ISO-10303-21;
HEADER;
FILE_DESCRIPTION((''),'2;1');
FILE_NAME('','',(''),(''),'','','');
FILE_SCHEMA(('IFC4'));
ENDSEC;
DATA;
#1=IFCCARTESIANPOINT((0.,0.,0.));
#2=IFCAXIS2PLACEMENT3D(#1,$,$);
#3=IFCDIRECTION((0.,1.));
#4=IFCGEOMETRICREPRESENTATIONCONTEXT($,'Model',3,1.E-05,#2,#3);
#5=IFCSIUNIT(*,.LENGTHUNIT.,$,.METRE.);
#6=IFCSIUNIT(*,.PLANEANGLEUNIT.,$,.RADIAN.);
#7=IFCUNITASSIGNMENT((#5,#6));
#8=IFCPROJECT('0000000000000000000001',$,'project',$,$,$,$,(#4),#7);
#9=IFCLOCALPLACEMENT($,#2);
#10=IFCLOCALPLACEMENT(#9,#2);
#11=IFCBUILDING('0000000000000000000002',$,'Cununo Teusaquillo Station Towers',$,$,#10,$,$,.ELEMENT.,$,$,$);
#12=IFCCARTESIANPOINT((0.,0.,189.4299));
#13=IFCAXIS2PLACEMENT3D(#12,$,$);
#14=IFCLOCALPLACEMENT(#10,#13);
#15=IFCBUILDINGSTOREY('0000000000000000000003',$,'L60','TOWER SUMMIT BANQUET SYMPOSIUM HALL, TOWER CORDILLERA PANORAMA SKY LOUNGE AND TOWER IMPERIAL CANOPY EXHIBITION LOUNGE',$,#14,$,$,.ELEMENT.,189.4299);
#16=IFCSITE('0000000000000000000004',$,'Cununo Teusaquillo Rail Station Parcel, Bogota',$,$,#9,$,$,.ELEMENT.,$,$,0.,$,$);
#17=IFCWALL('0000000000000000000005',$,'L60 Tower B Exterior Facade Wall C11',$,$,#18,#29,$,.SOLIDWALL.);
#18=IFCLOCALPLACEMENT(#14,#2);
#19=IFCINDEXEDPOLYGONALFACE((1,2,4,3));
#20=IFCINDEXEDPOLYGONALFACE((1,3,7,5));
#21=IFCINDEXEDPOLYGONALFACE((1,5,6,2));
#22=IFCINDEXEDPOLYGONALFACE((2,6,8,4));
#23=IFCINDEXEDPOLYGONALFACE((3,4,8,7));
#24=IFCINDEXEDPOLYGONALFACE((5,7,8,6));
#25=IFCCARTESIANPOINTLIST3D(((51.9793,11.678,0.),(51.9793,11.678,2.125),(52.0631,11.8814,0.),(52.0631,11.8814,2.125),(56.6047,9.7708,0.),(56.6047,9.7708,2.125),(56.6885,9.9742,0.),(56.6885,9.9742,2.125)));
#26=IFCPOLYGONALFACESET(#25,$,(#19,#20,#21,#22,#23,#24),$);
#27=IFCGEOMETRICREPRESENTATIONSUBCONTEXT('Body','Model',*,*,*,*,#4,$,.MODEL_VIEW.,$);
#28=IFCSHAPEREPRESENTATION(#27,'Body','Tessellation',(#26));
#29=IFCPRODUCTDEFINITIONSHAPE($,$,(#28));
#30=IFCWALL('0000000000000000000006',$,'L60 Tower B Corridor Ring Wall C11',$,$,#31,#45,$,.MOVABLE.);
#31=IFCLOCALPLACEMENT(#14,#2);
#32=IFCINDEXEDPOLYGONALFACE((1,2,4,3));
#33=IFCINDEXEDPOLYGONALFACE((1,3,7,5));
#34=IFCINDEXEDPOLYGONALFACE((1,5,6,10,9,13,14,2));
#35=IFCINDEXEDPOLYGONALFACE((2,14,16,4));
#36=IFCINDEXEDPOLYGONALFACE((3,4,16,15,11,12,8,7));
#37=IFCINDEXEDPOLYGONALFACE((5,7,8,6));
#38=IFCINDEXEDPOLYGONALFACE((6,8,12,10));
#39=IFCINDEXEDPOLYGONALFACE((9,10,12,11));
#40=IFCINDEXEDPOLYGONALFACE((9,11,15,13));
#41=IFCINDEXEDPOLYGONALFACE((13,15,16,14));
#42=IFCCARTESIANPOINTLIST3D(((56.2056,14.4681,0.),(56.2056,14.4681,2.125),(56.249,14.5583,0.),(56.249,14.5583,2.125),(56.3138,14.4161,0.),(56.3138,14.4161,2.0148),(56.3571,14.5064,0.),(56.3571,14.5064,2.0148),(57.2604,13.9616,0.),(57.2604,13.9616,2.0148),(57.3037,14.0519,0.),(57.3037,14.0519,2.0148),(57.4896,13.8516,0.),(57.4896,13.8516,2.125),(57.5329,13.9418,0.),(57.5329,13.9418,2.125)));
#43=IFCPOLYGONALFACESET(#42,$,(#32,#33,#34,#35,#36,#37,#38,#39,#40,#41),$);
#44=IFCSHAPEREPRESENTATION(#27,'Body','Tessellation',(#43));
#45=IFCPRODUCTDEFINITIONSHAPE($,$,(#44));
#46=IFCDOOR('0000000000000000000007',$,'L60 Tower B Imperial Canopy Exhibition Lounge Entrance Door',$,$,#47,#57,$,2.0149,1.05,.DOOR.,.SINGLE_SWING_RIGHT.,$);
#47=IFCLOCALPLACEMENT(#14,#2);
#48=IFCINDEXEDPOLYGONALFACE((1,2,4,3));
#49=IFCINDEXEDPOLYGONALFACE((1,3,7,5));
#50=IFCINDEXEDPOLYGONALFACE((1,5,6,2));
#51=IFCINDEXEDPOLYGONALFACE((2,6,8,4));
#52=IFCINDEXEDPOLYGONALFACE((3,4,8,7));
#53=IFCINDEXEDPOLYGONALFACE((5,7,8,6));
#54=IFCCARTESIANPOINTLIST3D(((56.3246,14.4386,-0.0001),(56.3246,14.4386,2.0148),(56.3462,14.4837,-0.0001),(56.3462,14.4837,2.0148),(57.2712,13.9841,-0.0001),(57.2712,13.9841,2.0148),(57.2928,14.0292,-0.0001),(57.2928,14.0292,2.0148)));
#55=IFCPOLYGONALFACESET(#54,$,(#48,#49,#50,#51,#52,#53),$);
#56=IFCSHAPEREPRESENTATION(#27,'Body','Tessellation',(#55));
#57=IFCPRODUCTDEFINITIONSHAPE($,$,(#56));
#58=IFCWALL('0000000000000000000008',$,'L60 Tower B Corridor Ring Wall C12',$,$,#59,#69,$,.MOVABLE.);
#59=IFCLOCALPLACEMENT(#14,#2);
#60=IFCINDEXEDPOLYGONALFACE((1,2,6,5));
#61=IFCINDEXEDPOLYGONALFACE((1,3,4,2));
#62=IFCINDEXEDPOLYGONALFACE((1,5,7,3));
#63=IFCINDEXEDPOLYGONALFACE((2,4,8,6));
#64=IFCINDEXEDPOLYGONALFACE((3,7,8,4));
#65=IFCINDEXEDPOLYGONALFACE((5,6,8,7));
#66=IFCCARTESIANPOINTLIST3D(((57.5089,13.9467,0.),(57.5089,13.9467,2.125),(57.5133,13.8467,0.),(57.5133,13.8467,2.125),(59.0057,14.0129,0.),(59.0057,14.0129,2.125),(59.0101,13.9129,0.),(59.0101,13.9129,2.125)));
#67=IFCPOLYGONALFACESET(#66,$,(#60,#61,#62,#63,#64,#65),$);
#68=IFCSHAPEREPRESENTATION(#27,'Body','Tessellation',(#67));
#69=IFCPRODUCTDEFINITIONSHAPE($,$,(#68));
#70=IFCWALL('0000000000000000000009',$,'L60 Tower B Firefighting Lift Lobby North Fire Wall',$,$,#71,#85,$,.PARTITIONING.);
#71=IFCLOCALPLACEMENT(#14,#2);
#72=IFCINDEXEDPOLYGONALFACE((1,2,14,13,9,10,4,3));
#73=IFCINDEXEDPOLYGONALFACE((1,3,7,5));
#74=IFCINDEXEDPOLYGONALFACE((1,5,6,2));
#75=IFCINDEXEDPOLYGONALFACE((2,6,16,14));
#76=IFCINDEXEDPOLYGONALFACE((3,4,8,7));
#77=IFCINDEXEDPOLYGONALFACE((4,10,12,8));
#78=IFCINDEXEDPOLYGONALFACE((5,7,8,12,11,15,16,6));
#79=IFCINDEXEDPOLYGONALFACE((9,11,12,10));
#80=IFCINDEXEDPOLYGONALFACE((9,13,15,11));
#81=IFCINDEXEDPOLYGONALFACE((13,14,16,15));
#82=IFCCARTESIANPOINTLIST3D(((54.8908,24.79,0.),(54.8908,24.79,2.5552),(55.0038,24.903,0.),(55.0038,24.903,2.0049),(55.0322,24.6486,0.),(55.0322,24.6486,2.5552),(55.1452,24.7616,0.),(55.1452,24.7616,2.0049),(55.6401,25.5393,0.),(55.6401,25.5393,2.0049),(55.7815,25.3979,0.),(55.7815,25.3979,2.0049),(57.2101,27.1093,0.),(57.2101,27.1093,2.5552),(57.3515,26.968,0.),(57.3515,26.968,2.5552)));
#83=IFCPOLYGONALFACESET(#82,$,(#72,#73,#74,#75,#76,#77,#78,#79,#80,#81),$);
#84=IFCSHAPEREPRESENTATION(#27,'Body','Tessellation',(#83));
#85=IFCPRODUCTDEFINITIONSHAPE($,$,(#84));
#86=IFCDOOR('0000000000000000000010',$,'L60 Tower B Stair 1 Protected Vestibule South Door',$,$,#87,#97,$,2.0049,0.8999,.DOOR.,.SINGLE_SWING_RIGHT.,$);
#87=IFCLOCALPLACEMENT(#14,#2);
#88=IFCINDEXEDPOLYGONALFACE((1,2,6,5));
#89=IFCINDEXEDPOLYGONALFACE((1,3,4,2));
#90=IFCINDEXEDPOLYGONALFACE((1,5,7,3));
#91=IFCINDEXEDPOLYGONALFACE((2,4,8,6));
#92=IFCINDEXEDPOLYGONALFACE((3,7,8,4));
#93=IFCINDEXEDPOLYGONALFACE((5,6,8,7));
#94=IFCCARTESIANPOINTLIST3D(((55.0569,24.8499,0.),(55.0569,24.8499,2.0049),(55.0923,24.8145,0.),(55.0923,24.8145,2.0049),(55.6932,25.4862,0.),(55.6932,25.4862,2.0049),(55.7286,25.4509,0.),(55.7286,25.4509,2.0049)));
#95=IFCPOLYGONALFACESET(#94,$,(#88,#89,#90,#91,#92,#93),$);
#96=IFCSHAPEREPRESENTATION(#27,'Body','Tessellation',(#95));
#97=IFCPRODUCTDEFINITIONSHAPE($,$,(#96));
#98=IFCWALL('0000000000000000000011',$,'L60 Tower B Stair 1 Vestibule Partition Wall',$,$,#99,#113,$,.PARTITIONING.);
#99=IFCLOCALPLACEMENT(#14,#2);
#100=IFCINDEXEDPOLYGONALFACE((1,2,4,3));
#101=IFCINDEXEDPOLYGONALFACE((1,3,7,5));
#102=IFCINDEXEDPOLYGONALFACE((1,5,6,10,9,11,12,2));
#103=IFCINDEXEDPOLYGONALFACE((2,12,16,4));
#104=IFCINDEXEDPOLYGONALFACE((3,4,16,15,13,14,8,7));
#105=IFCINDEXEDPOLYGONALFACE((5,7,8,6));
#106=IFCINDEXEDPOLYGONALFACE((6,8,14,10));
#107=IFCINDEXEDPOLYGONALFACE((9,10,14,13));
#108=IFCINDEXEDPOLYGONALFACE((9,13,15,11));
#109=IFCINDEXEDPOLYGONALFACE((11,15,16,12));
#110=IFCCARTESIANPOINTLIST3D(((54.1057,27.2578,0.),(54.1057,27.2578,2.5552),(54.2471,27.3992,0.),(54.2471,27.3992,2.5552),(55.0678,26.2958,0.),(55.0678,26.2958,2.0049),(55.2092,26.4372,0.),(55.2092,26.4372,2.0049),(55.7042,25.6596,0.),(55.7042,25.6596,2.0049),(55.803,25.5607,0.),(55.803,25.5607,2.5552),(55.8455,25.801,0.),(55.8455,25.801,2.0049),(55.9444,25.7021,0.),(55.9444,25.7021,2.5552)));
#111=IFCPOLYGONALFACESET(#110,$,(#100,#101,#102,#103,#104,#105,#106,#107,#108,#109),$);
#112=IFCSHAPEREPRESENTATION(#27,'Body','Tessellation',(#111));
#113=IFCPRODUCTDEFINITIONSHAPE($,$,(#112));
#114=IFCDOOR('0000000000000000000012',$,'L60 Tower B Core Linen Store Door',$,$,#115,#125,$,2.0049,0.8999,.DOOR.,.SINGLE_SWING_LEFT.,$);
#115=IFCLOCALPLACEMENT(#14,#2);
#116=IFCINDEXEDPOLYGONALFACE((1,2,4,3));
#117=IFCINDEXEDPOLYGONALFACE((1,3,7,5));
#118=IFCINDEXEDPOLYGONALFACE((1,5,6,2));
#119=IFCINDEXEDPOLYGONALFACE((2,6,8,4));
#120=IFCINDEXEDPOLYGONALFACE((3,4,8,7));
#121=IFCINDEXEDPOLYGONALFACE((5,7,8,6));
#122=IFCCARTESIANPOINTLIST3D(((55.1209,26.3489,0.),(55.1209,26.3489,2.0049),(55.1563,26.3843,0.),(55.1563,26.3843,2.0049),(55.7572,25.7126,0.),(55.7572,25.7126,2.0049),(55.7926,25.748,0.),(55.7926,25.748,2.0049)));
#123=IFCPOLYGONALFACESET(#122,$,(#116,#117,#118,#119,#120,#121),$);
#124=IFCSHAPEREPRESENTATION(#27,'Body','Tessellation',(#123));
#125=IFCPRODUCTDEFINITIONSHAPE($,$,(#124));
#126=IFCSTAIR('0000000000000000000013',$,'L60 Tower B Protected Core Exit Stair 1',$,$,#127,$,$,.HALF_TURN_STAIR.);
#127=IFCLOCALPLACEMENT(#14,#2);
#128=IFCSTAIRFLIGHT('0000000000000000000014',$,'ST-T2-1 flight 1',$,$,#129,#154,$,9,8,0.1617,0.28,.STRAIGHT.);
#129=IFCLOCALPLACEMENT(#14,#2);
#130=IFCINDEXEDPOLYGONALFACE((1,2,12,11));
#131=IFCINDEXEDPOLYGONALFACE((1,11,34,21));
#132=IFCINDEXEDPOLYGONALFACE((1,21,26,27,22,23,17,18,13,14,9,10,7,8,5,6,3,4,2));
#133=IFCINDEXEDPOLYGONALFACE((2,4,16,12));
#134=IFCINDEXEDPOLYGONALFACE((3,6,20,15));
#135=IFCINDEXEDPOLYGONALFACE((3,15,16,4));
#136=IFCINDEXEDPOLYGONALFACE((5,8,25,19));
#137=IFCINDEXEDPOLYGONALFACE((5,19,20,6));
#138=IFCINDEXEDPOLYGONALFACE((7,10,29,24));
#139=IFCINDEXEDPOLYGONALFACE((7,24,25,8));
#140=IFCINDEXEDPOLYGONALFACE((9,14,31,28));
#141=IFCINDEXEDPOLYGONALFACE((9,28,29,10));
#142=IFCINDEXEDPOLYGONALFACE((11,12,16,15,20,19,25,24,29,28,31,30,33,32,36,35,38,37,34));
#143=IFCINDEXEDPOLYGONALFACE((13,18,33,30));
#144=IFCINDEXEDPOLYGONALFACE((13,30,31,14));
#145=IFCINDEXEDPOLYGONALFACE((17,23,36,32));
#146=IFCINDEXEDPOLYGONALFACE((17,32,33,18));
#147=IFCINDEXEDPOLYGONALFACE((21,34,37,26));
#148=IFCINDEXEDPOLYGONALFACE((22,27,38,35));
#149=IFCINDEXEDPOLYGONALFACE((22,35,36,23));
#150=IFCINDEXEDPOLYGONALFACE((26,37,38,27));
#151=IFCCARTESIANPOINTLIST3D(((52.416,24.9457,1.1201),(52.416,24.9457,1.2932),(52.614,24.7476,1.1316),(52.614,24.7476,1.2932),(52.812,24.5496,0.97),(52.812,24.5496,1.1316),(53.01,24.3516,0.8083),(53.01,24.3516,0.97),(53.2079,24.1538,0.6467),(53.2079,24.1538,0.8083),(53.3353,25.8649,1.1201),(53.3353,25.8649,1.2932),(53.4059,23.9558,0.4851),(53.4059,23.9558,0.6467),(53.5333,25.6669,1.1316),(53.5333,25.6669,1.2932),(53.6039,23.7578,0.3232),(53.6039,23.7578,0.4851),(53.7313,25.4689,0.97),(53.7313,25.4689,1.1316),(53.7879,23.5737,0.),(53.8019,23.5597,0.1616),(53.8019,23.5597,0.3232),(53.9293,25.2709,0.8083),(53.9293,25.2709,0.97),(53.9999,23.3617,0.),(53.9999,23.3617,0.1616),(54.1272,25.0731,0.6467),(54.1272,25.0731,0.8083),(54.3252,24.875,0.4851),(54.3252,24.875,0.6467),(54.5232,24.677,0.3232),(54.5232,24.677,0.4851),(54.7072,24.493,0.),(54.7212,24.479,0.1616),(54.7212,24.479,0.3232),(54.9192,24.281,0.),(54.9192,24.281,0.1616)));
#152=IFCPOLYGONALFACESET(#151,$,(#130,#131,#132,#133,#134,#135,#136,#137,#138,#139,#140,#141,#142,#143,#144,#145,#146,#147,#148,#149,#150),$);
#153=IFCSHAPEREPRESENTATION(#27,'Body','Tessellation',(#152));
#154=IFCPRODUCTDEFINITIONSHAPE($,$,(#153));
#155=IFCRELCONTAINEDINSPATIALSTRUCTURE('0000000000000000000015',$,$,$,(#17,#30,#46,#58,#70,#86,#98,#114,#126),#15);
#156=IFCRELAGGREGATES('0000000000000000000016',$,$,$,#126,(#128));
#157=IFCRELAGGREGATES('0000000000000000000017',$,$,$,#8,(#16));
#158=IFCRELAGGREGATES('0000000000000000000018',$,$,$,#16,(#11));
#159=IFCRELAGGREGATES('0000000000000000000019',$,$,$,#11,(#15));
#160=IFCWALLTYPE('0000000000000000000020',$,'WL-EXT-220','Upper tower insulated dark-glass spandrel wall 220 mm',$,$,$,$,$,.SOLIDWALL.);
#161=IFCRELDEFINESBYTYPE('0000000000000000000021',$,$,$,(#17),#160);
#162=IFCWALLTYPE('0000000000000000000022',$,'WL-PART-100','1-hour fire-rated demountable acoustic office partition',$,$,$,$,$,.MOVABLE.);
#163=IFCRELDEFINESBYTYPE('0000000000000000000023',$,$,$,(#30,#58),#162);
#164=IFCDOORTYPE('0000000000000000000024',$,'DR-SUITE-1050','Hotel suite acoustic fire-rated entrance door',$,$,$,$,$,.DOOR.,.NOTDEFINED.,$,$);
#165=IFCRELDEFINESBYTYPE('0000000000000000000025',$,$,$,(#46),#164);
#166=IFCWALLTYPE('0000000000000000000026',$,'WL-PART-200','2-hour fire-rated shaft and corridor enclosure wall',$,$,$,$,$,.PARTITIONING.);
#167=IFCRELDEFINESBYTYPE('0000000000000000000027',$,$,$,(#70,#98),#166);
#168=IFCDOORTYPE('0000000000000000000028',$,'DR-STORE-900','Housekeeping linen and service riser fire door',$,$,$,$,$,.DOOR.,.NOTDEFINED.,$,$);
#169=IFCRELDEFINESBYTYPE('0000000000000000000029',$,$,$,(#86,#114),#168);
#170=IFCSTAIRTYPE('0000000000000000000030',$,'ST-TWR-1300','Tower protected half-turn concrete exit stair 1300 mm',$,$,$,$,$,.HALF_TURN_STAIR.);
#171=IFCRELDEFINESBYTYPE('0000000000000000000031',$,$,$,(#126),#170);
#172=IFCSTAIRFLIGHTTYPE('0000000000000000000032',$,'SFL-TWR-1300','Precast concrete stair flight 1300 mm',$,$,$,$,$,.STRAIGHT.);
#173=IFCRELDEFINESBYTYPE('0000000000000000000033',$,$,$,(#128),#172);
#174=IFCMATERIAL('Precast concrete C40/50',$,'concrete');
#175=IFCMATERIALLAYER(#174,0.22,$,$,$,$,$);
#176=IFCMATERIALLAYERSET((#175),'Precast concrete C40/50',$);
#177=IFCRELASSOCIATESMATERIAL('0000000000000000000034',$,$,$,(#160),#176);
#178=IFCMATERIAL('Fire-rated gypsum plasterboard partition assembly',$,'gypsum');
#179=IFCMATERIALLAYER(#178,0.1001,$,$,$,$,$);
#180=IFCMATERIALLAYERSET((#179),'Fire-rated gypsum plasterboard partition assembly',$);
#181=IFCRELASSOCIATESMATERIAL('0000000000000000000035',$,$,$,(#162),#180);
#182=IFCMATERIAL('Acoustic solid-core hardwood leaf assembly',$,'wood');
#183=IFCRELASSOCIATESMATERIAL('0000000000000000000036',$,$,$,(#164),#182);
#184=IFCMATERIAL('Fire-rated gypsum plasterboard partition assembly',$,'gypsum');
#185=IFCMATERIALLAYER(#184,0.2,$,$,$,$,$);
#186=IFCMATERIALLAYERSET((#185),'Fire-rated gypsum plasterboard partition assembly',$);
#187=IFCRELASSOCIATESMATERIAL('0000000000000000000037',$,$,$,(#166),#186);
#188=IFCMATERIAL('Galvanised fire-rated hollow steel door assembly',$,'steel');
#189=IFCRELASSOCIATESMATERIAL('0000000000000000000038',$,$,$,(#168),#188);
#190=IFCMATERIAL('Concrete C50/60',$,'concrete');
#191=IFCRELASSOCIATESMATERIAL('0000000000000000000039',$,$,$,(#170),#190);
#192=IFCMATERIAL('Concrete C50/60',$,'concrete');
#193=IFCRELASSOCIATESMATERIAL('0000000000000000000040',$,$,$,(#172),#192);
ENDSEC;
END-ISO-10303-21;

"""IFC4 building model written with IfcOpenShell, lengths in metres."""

from ifc_helpers import new_model, si_unit, direction, frame, frame_2d, origin, place, context, subcontext, project, spatial, polyline, rectangle, outline, extrude, source, transform, mapped, material, layer, layer_set, type_object, element, fill, aggregate, save


model = new_model("IFC4")

# Units and contexts
model_context = context("Model", 3, precision=1e-05, world=origin(), true_north=direction((0.0, 1.0)))
body_context = subcontext(model_context, "Body", "Model", "MODEL_VIEW")
ifc_project = project(units=[si_unit("LENGTHUNIT", "METRE"), si_unit("PLANEANGLEUNIT", "RADIAN")], contexts=[model_context])

# Site, building, storey
site_placement = place(None, origin())
site = spatial("IfcSite", under=ifc_project, at=site_placement, Name="Cununo Teusaquillo Rail Station Parcel, Bogota", CompositionType="ELEMENT", RefElevation=0.0)
building_placement = place(site_placement, origin())
building = spatial("IfcBuilding", under=site, at=building_placement, Name="Cununo Teusaquillo Station Towers", CompositionType="ELEMENT")
storey_placement = place(building_placement, frame((0.0, 0.0, 189.4299)))
storey = spatial("IfcBuildingStorey", under=building, at=storey_placement, Name="L60", Description="TOWER SUMMIT BANQUET SYMPOSIUM HALL, TOWER CORDILLERA PANORAMA SKY LOUNGE AND TOWER IMPERIAL CANOPY EXHIBITION LOUNGE", CompositionType="ELEMENT", Elevation=189.4299)

# Shared definitions
ifc_material_1 = material(Name="Precast concrete C40/50", Category="concrete")
ifc_layer_1 = layer(ifc_material_1, 0.22)
ifc_layer_set_1 = layer_set([ifc_layer_1], Name="Precast concrete C40/50")
wall_type_1 = type_object("IfcWallType", Name="WL-EXT-220", Description="Upper tower insulated dark-glass spandrel wall 220 mm", PredefinedType="SOLIDWALL", material=ifc_layer_set_1)

# Wall
wall_1_placement = place(storey_placement, frame((56.6465, 9.8726, 0.0), z_axis=(0.0, 0.0, 1.0), x_axis=(-0.924494, 0.381196, 0.0)))
element("IfcWall", 1, at=wall_1_placement, inside=storey, type_object=wall_type_1, Name="L60 Tower B Exterior Facade Wall C11", PredefinedType="SOLIDWALL", context=body_context, shape_type="SweptSolid", body=[
    extrude(rectangle(XDim=5.0032, YDim=0.22, at=frame_2d((2.5015, 0.0))), origin(), (0.0, 0.0, 1.0), 2.125),
])

# Wall, opening, door
ifc_material_2 = material(Name="Fire-rated gypsum plasterboard partition assembly", Category="gypsum")
ifc_layer_2 = layer(ifc_material_2, 0.1001)
ifc_layer_set_2 = layer_set([ifc_layer_2], Name="Fire-rated gypsum plasterboard partition assembly")
wall_type_2 = type_object("IfcWallType", Name="WL-PART-100", Description="1-hour fire-rated demountable acoustic office partition", PredefinedType="MOVABLE", material=ifc_layer_set_2)
wall_2_placement = place(storey_placement, frame((56.2273, 14.5132, 0.0), z_axis=(0.0, 0.0, 1.0), x_axis=(0.901478, -0.432826, 0.0)))
wall_2 = element("IfcWall", 2, at=wall_2_placement, inside=storey, type_object=wall_type_2, Name="L60 Tower B Corridor Ring Wall C11", PredefinedType="MOVABLE", context=body_context, shape_type="SweptSolid", body=[
    extrude(rectangle(XDim=1.4243, YDim=0.1001, at=frame_2d((0.7122, 0.0))), origin(), (0.0, 0.0, 1.0), 2.125),
])
shared_shape_1 = source(origin(), body_context, "Body", "SweptSolid", [
    extrude(rectangle(XDim=1.05, YDim=2.0149, at=frame_2d((0.5249, 1.0073))), frame((0.0, 0.0601, 0.0), z_axis=(0.0, -1.0, 0.0), x_axis=(1.0, 0.0, 0.0)), (0.0, 0.0, 1.0), 0.1201),
])
opening_1_placement = place(wall_2_placement, frame((0.1201, 0.0, 0.0)))
opening_1 = element("IfcOpeningElement", 3, at=opening_1_placement, cuts=wall_2, PredefinedType="OPENING", context=body_context, shape_type="MappedRepresentation", body=[
    mapped(shared_shape_1, transform((0.0, 0.0, 0.0), x_axis=(1.0, 0.0, 0.0), y_axis=(0.0, 1.0, 0.0), z_axis=(0.0, 0.0, 1.0), scale=1.0)),
])
ifc_material_3 = material(Name="Acoustic solid-core hardwood leaf assembly", Category="wood")
door_type_1 = type_object("IfcDoorType", Name="DR-SUITE-1050", Description="Hotel suite acoustic fire-rated entrance door", OperationType="NOTDEFINED", PredefinedType="DOOR", material=ifc_material_3)
shared_shape_2 = source(origin(), body_context, "Body", "SweptSolid", [
    extrude(rectangle(XDim=1.05, YDim=2.0149, at=frame_2d((0.5249, 1.0073))), frame((0.0, 0.0249, 0.0), z_axis=(0.0, -1.0, 0.0), x_axis=(1.0, 0.0, 0.0)), (0.0, 0.0, 1.0), 0.05),
])
door_1_placement = place(opening_1_placement, origin())
door_1 = element("IfcDoor", 4, at=door_1_placement, inside=storey, type_object=door_type_1, Name="L60 Tower B Imperial Canopy Exhibition Lounge Entrance Door", OperationType="SINGLE_SWING_RIGHT", OverallHeight=2.0149, OverallWidth=1.05, PredefinedType="DOOR", context=body_context, shape_type="MappedRepresentation", body=[
    mapped(shared_shape_2, transform((0.0, 0.0, 0.0), x_axis=(1.0, 0.0, 0.0), y_axis=(0.0, 1.0, 0.0), z_axis=(0.0, 0.0, 1.0), scale=1.0)),
])
fill(opening_1, door_1)

# Wall
wall_3_placement = place(storey_placement, frame((57.5112, 13.8967, 0.0), z_axis=(0.0, 0.0, 1.0), x_axis=(0.999025, 0.044158, 0.0)))
element("IfcWall", 5, at=wall_3_placement, inside=storey, type_object=wall_type_2, Name="L60 Tower B Corridor Ring Wall C12", PredefinedType="MOVABLE", context=body_context, shape_type="SweptSolid", body=[
    extrude(rectangle(XDim=1.4983, YDim=0.1001, at=frame_2d((0.749, 0.0))), origin(), (0.0, 0.0, 1.0), 2.125),
])

# Walls, openings, doors
ifc_material_4 = material(Name="Fire-rated gypsum plasterboard partition assembly", Category="gypsum")
ifc_layer_3 = layer(ifc_material_4, 0.2)
ifc_layer_set_3 = layer_set([ifc_layer_3], Name="Fire-rated gypsum plasterboard partition assembly")
wall_type_3 = type_object("IfcWallType", Name="WL-PART-200", Description="2-hour fire-rated shaft and corridor enclosure wall", PredefinedType="PARTITIONING", material=ifc_layer_set_3)
wall_4_placement = place(storey_placement, frame((54.9614, 24.7192, 0.0), z_axis=(0.0, 0.0, 1.0), x_axis=(0.707107, 0.707107, 0.0)))
wall_4 = element("IfcWall", 6, at=wall_4_placement, inside=storey, type_object=wall_type_3, Name="L60 Tower B Firefighting Lift Lobby North Fire Wall", PredefinedType="PARTITIONING", context=body_context, shape_type="SweptSolid", body=[
    extrude(rectangle(XDim=3.28, YDim=0.2, at=frame_2d((1.6401, 0.0))), origin(), (0.0, 0.0, 1.0), 2.5552),
])
shared_shape_3 = source(origin(), body_context, "Body", "SweptSolid", [
    extrude(rectangle(XDim=0.8999, YDim=2.0049, at=frame_2d((0.45, 1.0024))), frame((0.0, 0.1099, 0.0), z_axis=(0.0, -1.0, 0.0), x_axis=(1.0, 0.0, 0.0)), (0.0, 0.0, 1.0), 0.22),
])
opening_2_placement = place(wall_4_placement, frame((0.1599, 0.0, 0.0)))
opening_2 = element("IfcOpeningElement", 7, at=opening_2_placement, cuts=wall_4, PredefinedType="OPENING", context=body_context, shape_type="MappedRepresentation", body=[
    mapped(shared_shape_3, transform((0.0, 0.0, 0.0), x_axis=(1.0, 0.0, 0.0), y_axis=(0.0, 1.0, 0.0), z_axis=(0.0, 0.0, 1.0), scale=1.0)),
])
ifc_material_5 = material(Name="Galvanised fire-rated hollow steel door assembly", Category="steel")
door_type_2 = type_object("IfcDoorType", Name="DR-STORE-900", Description="Housekeeping linen and service riser fire door", OperationType="NOTDEFINED", PredefinedType="DOOR", material=ifc_material_5)
shared_shape_4 = source(origin(), body_context, "Body", "SweptSolid", [
    extrude(rectangle(XDim=0.8999, YDim=2.0049, at=frame_2d((0.45, 1.0024))), frame((0.0, 0.0249, 0.0), z_axis=(0.0, -1.0, 0.0), x_axis=(1.0, 0.0, 0.0)), (0.0, 0.0, 1.0), 0.05),
])
door_2_placement = place(opening_2_placement, origin())
door_2 = element("IfcDoor", 8, at=door_2_placement, inside=storey, type_object=door_type_2, Name="L60 Tower B Stair 1 Protected Vestibule South Door", OperationType="SINGLE_SWING_RIGHT", OverallHeight=2.0049, OverallWidth=0.8999, PredefinedType="DOOR", context=body_context, shape_type="MappedRepresentation", body=[
    mapped(shared_shape_4, transform((0.0, 0.0, 0.0), x_axis=(1.0, 0.0, 0.0), y_axis=(0.0, 1.0, 0.0), z_axis=(0.0, 0.0, 1.0), scale=1.0)),
])
fill(opening_2, door_2)
wall_5_placement = place(storey_placement, frame((55.8738, 25.6313, 0.0), z_axis=(0.0, 0.0, 1.0), x_axis=(-0.707158, 0.707056, 0.0)))
wall_5 = element("IfcWall", 9, at=wall_5_placement, inside=storey, type_object=wall_type_3, Name="L60 Tower B Stair 1 Vestibule Partition Wall", PredefinedType="PARTITIONING", context=body_context, shape_type="SweptSolid", body=[
    extrude(rectangle(XDim=2.4001, YDim=0.2, at=frame_2d((1.2002, 0.0))), origin(), (0.0, 0.0, 1.0), 2.5552),
])
opening_3_placement = place(wall_5_placement, frame((0.1399, 0.0, 0.0)))
opening_3 = element("IfcOpeningElement", 10, at=opening_3_placement, cuts=wall_5, PredefinedType="OPENING", context=body_context, shape_type="MappedRepresentation", body=[
    mapped(shared_shape_3, transform((0.0, 0.0, 0.0), x_axis=(1.0, 0.0, 0.0), y_axis=(0.0, 1.0, 0.0), z_axis=(0.0, 0.0, 1.0), scale=1.0)),
])
door_3_placement = place(opening_3_placement, origin())
door_3 = element("IfcDoor", 11, at=door_3_placement, inside=storey, type_object=door_type_2, Name="L60 Tower B Core Linen Store Door", OperationType="SINGLE_SWING_LEFT", OverallHeight=2.0049, OverallWidth=0.8999, PredefinedType="DOOR", context=body_context, shape_type="MappedRepresentation", body=[
    mapped(shared_shape_4, transform((0.0, 0.0, 0.0), x_axis=(1.0, 0.0, 0.0), y_axis=(0.0, 1.0, 0.0), z_axis=(0.0, 0.0, 1.0), scale=1.0)),
])
fill(opening_3, door_3)

# Stair, stair flight
ifc_material_6 = material(Name="Concrete C50/60", Category="concrete")
stair_type = type_object("IfcStairType", Name="ST-TWR-1300", Description="Tower protected half-turn concrete exit stair 1300 mm", PredefinedType="HALF_TURN_STAIR", material=ifc_material_6)
stair_placement = place(storey_placement, origin())
stair = element("IfcStair", 12, at=stair_placement, inside=storey, type_object=stair_type, Name="L60 Tower B Protected Core Exit Stair 1", PredefinedType="HALF_TURN_STAIR")
ifc_material_7 = material(Name="Concrete C50/60", Category="concrete")
stair_flight_type = type_object("IfcStairFlightType", Name="SFL-TWR-1300", Description="Precast concrete stair flight 1300 mm", PredefinedType="STRAIGHT", material=ifc_material_7)
stair_flight_placement = place(storey_placement, frame((54.4595, 23.8213, 0.0), z_axis=(0.0, 0.0, 1.0), x_axis=(-0.707107, 0.707107, 0.0)))
stair_flight = element("IfcStairFlight", 13, at=stair_flight_placement, type_object=stair_flight_type, Name="ST-T2-1 flight 1", NumberOfRisers=9, NumberOfTreads=8, PredefinedType="STRAIGHT", RiserHeight=0.1617, TreadLength=0.28, context=body_context, shape_type="SweptSolid", body=[
    extrude(outline(polyline([(0.0, 0.0), (0.0, 0.1616), (0.28, 0.1616), (0.28, 0.3232), (0.5601, 0.3232), (0.5601, 0.4851), (0.8401, 0.4851), (0.8401, 0.6467), (1.1201, 0.6467), (1.1201, 0.8083), (1.3999, 0.8083), (1.3999, 0.97), (1.6799, 0.97), (1.6799, 1.1316), (1.96, 1.1316), (1.96, 1.2932), (2.24, 1.2932), (2.24, 1.4551), (2.24, 1.1201), (0.2998, 0.0), (0.0, 0.0)])), frame((0.0, 0.6499, 0.0), z_axis=(0.0, -1.0, 0.0), x_axis=(1.0, 0.0, 0.0)), (0.0, 0.0, 1.0), 1.3),
])
aggregate(stair, [stair_flight])

save(model, "model.ifc")
